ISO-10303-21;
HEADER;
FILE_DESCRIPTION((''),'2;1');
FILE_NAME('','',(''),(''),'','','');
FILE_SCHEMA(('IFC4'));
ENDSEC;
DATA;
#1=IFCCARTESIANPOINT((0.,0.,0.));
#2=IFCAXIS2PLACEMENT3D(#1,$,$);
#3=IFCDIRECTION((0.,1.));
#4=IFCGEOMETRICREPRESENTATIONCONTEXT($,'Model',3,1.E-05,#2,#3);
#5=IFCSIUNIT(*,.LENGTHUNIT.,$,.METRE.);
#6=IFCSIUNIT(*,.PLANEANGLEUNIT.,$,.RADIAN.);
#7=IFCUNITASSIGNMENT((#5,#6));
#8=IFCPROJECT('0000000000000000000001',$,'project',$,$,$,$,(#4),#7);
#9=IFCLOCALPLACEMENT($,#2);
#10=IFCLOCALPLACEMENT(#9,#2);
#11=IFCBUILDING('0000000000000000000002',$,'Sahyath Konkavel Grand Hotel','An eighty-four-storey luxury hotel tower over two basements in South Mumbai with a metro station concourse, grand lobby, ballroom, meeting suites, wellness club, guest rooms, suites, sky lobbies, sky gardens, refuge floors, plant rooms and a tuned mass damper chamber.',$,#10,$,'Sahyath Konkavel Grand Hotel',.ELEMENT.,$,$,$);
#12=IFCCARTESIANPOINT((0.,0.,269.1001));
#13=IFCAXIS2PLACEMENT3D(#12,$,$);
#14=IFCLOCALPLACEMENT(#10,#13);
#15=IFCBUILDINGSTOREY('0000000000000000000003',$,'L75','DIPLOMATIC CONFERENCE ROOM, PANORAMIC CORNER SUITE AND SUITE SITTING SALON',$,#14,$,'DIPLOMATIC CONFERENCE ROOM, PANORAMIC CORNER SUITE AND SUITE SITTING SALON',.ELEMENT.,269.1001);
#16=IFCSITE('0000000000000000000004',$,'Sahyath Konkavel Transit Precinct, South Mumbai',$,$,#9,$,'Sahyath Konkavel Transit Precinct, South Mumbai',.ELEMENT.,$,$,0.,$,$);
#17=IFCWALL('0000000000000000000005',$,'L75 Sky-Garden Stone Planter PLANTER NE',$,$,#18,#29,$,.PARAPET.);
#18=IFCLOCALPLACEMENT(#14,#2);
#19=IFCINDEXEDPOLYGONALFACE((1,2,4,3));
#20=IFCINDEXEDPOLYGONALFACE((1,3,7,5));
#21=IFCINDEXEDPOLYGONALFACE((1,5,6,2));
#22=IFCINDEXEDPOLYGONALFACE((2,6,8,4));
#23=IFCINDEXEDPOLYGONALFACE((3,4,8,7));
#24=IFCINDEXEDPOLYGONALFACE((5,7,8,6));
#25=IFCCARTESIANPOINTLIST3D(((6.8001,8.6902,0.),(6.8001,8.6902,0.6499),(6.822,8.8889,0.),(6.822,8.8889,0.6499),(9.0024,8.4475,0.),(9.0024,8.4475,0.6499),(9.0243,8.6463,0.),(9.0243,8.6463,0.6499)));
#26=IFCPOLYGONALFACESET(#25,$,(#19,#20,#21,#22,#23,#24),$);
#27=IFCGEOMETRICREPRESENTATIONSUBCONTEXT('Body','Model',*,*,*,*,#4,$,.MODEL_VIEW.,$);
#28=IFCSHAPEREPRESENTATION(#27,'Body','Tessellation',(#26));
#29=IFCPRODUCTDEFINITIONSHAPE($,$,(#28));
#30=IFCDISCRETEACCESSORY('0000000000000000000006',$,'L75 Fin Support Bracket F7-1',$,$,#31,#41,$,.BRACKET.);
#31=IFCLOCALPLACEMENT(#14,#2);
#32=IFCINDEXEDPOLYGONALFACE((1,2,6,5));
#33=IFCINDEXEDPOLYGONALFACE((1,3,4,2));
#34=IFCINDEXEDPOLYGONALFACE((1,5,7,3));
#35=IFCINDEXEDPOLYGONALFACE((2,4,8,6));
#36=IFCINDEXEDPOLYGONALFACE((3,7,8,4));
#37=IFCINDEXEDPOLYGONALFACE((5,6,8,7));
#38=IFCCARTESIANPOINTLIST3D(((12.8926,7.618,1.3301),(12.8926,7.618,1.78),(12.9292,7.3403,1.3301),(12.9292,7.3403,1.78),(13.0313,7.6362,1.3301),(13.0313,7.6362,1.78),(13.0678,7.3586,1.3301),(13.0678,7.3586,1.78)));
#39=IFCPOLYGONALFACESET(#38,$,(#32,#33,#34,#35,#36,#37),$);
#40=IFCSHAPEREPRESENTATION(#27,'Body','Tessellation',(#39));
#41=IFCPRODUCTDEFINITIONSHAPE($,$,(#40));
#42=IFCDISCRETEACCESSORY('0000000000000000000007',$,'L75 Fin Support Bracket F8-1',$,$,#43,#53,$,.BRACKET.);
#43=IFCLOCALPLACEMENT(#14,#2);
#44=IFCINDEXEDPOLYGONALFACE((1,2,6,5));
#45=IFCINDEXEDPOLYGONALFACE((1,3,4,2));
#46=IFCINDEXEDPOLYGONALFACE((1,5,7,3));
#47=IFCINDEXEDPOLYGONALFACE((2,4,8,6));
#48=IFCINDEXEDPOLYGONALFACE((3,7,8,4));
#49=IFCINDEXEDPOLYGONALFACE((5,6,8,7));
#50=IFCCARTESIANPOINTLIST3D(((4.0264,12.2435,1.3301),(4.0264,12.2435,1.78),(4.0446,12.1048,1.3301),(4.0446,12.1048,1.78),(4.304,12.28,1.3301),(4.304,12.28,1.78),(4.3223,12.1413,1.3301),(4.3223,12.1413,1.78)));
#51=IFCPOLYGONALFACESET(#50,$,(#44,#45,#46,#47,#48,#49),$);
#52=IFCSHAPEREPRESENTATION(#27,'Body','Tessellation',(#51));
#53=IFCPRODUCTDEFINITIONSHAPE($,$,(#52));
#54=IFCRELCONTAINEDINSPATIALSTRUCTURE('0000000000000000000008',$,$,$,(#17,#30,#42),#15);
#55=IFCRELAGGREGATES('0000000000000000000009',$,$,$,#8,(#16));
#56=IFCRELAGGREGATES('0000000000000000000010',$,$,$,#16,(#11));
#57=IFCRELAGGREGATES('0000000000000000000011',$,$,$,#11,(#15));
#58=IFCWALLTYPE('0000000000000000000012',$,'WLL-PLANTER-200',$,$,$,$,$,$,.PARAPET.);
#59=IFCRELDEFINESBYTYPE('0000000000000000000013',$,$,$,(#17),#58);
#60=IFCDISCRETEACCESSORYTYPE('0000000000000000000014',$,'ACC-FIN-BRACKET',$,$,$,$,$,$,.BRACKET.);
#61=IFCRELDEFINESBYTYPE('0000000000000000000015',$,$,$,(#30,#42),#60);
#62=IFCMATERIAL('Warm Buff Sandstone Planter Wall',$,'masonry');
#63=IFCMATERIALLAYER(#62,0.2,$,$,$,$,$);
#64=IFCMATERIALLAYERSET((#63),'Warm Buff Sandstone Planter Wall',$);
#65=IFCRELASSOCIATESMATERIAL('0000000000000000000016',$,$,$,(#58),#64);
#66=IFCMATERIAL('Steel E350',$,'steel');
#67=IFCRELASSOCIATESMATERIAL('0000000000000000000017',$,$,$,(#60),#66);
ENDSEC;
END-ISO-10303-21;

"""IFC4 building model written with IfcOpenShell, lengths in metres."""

from ifc_helpers import new_model, si_unit, direction, frame, frame_2d, origin, origin_2d, place, context, subcontext, project, spatial, rectangle, extrude, source, transform, mapped, material, layer, layer_set, type_object, element, save


model = new_model("IFC4")

# Units and contexts
model_context = context("Model", 3, precision=1e-05, world=origin(), true_north=direction((0.0, 1.0)))
body_context = subcontext(model_context, "Body", "Model", "MODEL_VIEW")
ifc_project = project(units=[si_unit("LENGTHUNIT", "METRE"), si_unit("PLANEANGLEUNIT", "RADIAN")], contexts=[model_context])

# Site, building, storey
site_placement = place(None, origin())
site = spatial("IfcSite", under=ifc_project, at=site_placement, Name="Sahyath Konkavel Transit Precinct, South Mumbai", LongName="Sahyath Konkavel Transit Precinct, South Mumbai", CompositionType="ELEMENT", RefElevation=0.0)
building_placement = place(site_placement, origin())
building = spatial("IfcBuilding", under=site, at=building_placement, Name="Sahyath Konkavel Grand Hotel", Description="An eighty-four-storey luxury hotel tower over two basements in South Mumbai with a metro station concourse, grand lobby, ballroom, meeting suites, wellness club, guest rooms, suites, sky lobbies, sky gardens, refuge floors, plant rooms and a tuned mass damper chamber.", LongName="Sahyath Konkavel Grand Hotel", CompositionType="ELEMENT")
storey_placement = place(building_placement, frame((0.0, 0.0, 269.1001)))
storey = spatial("IfcBuildingStorey", under=building, at=storey_placement, Name="L75", Description="DIPLOMATIC CONFERENCE ROOM, PANORAMIC CORNER SUITE AND SUITE SITTING SALON", LongName="DIPLOMATIC CONFERENCE ROOM, PANORAMIC CORNER SUITE AND SUITE SITTING SALON", CompositionType="ELEMENT", Elevation=269.1001)

# Shared definitions
ifc_material_1 = material(Name="Steel E350", Category="steel")

# Wall
ifc_material_2 = material(Name="Warm Buff Sandstone Planter Wall", Category="masonry")
ifc_layer_1 = layer(ifc_material_2, 0.2)
ifc_layer_set_1 = layer_set([ifc_layer_1], Name="Warm Buff Sandstone Planter Wall")
wall_type_1 = type_object("IfcWallType", Name="WLL-PLANTER-200", PredefinedType="PARAPET", material=ifc_layer_set_1)
wall_1_placement = place(storey_placement, frame((9.0134, 8.5469, 0.0), z_axis=(0.0, 0.0, 1.0), x_axis=(-0.993983, 0.109536, 0.0)))
element("IfcWall", 1, at=wall_1_placement, inside=storey, type_object=wall_type_1, Name="L75 Sky-Garden Stone Planter PLANTER NE", PredefinedType="PARAPET", context=body_context, shape_type="SweptSolid", body=[
    extrude(rectangle(XDim=2.2156, YDim=0.2, at=frame_2d((1.1079, 0.0))), origin(), (0.0, 0.0, 1.0), 0.6499),
])

# Discrete accessories
discrete_accessory_type = type_object("IfcDiscreteAccessoryType", Name="ACC-FIN-BRACKET", PredefinedType="BRACKET", material=ifc_material_1)
shared_shape_1 = source(origin(), body_context, "Body", "SweptSolid", [
    extrude(rectangle(XDim=0.28, YDim=0.1399, at=origin_2d()), origin(), (0.0, 0.0, 1.0), 0.45),
])
for number, where, z_axis, x_axis, name in (
    (2, (12.9802, 7.4883, 1.3301), (0.0, 0.0, 1.0), (-0.130526, 0.991445, 0.0), "L75 Fin Support Bracket F7-1"),
    (3, (4.1743, 12.1924, 1.3301), (0.0, 0.0, 1.0), (0.991445, 0.130526, 0.0), "L75 Fin Support Bracket F8-1"),
):
    element("IfcDiscreteAccessory", number, at=place(storey_placement, frame(where, z_axis=z_axis, x_axis=x_axis)), inside=storey, type_object=discrete_accessory_type, Name=name, PredefinedType="BRACKET", context=body_context, shape_type="MappedRepresentation", body=[
        mapped(shared_shape_1, transform((0.0, 0.0, 0.0), scale=1.0)),
    ])

save(model, "model.ifc")
